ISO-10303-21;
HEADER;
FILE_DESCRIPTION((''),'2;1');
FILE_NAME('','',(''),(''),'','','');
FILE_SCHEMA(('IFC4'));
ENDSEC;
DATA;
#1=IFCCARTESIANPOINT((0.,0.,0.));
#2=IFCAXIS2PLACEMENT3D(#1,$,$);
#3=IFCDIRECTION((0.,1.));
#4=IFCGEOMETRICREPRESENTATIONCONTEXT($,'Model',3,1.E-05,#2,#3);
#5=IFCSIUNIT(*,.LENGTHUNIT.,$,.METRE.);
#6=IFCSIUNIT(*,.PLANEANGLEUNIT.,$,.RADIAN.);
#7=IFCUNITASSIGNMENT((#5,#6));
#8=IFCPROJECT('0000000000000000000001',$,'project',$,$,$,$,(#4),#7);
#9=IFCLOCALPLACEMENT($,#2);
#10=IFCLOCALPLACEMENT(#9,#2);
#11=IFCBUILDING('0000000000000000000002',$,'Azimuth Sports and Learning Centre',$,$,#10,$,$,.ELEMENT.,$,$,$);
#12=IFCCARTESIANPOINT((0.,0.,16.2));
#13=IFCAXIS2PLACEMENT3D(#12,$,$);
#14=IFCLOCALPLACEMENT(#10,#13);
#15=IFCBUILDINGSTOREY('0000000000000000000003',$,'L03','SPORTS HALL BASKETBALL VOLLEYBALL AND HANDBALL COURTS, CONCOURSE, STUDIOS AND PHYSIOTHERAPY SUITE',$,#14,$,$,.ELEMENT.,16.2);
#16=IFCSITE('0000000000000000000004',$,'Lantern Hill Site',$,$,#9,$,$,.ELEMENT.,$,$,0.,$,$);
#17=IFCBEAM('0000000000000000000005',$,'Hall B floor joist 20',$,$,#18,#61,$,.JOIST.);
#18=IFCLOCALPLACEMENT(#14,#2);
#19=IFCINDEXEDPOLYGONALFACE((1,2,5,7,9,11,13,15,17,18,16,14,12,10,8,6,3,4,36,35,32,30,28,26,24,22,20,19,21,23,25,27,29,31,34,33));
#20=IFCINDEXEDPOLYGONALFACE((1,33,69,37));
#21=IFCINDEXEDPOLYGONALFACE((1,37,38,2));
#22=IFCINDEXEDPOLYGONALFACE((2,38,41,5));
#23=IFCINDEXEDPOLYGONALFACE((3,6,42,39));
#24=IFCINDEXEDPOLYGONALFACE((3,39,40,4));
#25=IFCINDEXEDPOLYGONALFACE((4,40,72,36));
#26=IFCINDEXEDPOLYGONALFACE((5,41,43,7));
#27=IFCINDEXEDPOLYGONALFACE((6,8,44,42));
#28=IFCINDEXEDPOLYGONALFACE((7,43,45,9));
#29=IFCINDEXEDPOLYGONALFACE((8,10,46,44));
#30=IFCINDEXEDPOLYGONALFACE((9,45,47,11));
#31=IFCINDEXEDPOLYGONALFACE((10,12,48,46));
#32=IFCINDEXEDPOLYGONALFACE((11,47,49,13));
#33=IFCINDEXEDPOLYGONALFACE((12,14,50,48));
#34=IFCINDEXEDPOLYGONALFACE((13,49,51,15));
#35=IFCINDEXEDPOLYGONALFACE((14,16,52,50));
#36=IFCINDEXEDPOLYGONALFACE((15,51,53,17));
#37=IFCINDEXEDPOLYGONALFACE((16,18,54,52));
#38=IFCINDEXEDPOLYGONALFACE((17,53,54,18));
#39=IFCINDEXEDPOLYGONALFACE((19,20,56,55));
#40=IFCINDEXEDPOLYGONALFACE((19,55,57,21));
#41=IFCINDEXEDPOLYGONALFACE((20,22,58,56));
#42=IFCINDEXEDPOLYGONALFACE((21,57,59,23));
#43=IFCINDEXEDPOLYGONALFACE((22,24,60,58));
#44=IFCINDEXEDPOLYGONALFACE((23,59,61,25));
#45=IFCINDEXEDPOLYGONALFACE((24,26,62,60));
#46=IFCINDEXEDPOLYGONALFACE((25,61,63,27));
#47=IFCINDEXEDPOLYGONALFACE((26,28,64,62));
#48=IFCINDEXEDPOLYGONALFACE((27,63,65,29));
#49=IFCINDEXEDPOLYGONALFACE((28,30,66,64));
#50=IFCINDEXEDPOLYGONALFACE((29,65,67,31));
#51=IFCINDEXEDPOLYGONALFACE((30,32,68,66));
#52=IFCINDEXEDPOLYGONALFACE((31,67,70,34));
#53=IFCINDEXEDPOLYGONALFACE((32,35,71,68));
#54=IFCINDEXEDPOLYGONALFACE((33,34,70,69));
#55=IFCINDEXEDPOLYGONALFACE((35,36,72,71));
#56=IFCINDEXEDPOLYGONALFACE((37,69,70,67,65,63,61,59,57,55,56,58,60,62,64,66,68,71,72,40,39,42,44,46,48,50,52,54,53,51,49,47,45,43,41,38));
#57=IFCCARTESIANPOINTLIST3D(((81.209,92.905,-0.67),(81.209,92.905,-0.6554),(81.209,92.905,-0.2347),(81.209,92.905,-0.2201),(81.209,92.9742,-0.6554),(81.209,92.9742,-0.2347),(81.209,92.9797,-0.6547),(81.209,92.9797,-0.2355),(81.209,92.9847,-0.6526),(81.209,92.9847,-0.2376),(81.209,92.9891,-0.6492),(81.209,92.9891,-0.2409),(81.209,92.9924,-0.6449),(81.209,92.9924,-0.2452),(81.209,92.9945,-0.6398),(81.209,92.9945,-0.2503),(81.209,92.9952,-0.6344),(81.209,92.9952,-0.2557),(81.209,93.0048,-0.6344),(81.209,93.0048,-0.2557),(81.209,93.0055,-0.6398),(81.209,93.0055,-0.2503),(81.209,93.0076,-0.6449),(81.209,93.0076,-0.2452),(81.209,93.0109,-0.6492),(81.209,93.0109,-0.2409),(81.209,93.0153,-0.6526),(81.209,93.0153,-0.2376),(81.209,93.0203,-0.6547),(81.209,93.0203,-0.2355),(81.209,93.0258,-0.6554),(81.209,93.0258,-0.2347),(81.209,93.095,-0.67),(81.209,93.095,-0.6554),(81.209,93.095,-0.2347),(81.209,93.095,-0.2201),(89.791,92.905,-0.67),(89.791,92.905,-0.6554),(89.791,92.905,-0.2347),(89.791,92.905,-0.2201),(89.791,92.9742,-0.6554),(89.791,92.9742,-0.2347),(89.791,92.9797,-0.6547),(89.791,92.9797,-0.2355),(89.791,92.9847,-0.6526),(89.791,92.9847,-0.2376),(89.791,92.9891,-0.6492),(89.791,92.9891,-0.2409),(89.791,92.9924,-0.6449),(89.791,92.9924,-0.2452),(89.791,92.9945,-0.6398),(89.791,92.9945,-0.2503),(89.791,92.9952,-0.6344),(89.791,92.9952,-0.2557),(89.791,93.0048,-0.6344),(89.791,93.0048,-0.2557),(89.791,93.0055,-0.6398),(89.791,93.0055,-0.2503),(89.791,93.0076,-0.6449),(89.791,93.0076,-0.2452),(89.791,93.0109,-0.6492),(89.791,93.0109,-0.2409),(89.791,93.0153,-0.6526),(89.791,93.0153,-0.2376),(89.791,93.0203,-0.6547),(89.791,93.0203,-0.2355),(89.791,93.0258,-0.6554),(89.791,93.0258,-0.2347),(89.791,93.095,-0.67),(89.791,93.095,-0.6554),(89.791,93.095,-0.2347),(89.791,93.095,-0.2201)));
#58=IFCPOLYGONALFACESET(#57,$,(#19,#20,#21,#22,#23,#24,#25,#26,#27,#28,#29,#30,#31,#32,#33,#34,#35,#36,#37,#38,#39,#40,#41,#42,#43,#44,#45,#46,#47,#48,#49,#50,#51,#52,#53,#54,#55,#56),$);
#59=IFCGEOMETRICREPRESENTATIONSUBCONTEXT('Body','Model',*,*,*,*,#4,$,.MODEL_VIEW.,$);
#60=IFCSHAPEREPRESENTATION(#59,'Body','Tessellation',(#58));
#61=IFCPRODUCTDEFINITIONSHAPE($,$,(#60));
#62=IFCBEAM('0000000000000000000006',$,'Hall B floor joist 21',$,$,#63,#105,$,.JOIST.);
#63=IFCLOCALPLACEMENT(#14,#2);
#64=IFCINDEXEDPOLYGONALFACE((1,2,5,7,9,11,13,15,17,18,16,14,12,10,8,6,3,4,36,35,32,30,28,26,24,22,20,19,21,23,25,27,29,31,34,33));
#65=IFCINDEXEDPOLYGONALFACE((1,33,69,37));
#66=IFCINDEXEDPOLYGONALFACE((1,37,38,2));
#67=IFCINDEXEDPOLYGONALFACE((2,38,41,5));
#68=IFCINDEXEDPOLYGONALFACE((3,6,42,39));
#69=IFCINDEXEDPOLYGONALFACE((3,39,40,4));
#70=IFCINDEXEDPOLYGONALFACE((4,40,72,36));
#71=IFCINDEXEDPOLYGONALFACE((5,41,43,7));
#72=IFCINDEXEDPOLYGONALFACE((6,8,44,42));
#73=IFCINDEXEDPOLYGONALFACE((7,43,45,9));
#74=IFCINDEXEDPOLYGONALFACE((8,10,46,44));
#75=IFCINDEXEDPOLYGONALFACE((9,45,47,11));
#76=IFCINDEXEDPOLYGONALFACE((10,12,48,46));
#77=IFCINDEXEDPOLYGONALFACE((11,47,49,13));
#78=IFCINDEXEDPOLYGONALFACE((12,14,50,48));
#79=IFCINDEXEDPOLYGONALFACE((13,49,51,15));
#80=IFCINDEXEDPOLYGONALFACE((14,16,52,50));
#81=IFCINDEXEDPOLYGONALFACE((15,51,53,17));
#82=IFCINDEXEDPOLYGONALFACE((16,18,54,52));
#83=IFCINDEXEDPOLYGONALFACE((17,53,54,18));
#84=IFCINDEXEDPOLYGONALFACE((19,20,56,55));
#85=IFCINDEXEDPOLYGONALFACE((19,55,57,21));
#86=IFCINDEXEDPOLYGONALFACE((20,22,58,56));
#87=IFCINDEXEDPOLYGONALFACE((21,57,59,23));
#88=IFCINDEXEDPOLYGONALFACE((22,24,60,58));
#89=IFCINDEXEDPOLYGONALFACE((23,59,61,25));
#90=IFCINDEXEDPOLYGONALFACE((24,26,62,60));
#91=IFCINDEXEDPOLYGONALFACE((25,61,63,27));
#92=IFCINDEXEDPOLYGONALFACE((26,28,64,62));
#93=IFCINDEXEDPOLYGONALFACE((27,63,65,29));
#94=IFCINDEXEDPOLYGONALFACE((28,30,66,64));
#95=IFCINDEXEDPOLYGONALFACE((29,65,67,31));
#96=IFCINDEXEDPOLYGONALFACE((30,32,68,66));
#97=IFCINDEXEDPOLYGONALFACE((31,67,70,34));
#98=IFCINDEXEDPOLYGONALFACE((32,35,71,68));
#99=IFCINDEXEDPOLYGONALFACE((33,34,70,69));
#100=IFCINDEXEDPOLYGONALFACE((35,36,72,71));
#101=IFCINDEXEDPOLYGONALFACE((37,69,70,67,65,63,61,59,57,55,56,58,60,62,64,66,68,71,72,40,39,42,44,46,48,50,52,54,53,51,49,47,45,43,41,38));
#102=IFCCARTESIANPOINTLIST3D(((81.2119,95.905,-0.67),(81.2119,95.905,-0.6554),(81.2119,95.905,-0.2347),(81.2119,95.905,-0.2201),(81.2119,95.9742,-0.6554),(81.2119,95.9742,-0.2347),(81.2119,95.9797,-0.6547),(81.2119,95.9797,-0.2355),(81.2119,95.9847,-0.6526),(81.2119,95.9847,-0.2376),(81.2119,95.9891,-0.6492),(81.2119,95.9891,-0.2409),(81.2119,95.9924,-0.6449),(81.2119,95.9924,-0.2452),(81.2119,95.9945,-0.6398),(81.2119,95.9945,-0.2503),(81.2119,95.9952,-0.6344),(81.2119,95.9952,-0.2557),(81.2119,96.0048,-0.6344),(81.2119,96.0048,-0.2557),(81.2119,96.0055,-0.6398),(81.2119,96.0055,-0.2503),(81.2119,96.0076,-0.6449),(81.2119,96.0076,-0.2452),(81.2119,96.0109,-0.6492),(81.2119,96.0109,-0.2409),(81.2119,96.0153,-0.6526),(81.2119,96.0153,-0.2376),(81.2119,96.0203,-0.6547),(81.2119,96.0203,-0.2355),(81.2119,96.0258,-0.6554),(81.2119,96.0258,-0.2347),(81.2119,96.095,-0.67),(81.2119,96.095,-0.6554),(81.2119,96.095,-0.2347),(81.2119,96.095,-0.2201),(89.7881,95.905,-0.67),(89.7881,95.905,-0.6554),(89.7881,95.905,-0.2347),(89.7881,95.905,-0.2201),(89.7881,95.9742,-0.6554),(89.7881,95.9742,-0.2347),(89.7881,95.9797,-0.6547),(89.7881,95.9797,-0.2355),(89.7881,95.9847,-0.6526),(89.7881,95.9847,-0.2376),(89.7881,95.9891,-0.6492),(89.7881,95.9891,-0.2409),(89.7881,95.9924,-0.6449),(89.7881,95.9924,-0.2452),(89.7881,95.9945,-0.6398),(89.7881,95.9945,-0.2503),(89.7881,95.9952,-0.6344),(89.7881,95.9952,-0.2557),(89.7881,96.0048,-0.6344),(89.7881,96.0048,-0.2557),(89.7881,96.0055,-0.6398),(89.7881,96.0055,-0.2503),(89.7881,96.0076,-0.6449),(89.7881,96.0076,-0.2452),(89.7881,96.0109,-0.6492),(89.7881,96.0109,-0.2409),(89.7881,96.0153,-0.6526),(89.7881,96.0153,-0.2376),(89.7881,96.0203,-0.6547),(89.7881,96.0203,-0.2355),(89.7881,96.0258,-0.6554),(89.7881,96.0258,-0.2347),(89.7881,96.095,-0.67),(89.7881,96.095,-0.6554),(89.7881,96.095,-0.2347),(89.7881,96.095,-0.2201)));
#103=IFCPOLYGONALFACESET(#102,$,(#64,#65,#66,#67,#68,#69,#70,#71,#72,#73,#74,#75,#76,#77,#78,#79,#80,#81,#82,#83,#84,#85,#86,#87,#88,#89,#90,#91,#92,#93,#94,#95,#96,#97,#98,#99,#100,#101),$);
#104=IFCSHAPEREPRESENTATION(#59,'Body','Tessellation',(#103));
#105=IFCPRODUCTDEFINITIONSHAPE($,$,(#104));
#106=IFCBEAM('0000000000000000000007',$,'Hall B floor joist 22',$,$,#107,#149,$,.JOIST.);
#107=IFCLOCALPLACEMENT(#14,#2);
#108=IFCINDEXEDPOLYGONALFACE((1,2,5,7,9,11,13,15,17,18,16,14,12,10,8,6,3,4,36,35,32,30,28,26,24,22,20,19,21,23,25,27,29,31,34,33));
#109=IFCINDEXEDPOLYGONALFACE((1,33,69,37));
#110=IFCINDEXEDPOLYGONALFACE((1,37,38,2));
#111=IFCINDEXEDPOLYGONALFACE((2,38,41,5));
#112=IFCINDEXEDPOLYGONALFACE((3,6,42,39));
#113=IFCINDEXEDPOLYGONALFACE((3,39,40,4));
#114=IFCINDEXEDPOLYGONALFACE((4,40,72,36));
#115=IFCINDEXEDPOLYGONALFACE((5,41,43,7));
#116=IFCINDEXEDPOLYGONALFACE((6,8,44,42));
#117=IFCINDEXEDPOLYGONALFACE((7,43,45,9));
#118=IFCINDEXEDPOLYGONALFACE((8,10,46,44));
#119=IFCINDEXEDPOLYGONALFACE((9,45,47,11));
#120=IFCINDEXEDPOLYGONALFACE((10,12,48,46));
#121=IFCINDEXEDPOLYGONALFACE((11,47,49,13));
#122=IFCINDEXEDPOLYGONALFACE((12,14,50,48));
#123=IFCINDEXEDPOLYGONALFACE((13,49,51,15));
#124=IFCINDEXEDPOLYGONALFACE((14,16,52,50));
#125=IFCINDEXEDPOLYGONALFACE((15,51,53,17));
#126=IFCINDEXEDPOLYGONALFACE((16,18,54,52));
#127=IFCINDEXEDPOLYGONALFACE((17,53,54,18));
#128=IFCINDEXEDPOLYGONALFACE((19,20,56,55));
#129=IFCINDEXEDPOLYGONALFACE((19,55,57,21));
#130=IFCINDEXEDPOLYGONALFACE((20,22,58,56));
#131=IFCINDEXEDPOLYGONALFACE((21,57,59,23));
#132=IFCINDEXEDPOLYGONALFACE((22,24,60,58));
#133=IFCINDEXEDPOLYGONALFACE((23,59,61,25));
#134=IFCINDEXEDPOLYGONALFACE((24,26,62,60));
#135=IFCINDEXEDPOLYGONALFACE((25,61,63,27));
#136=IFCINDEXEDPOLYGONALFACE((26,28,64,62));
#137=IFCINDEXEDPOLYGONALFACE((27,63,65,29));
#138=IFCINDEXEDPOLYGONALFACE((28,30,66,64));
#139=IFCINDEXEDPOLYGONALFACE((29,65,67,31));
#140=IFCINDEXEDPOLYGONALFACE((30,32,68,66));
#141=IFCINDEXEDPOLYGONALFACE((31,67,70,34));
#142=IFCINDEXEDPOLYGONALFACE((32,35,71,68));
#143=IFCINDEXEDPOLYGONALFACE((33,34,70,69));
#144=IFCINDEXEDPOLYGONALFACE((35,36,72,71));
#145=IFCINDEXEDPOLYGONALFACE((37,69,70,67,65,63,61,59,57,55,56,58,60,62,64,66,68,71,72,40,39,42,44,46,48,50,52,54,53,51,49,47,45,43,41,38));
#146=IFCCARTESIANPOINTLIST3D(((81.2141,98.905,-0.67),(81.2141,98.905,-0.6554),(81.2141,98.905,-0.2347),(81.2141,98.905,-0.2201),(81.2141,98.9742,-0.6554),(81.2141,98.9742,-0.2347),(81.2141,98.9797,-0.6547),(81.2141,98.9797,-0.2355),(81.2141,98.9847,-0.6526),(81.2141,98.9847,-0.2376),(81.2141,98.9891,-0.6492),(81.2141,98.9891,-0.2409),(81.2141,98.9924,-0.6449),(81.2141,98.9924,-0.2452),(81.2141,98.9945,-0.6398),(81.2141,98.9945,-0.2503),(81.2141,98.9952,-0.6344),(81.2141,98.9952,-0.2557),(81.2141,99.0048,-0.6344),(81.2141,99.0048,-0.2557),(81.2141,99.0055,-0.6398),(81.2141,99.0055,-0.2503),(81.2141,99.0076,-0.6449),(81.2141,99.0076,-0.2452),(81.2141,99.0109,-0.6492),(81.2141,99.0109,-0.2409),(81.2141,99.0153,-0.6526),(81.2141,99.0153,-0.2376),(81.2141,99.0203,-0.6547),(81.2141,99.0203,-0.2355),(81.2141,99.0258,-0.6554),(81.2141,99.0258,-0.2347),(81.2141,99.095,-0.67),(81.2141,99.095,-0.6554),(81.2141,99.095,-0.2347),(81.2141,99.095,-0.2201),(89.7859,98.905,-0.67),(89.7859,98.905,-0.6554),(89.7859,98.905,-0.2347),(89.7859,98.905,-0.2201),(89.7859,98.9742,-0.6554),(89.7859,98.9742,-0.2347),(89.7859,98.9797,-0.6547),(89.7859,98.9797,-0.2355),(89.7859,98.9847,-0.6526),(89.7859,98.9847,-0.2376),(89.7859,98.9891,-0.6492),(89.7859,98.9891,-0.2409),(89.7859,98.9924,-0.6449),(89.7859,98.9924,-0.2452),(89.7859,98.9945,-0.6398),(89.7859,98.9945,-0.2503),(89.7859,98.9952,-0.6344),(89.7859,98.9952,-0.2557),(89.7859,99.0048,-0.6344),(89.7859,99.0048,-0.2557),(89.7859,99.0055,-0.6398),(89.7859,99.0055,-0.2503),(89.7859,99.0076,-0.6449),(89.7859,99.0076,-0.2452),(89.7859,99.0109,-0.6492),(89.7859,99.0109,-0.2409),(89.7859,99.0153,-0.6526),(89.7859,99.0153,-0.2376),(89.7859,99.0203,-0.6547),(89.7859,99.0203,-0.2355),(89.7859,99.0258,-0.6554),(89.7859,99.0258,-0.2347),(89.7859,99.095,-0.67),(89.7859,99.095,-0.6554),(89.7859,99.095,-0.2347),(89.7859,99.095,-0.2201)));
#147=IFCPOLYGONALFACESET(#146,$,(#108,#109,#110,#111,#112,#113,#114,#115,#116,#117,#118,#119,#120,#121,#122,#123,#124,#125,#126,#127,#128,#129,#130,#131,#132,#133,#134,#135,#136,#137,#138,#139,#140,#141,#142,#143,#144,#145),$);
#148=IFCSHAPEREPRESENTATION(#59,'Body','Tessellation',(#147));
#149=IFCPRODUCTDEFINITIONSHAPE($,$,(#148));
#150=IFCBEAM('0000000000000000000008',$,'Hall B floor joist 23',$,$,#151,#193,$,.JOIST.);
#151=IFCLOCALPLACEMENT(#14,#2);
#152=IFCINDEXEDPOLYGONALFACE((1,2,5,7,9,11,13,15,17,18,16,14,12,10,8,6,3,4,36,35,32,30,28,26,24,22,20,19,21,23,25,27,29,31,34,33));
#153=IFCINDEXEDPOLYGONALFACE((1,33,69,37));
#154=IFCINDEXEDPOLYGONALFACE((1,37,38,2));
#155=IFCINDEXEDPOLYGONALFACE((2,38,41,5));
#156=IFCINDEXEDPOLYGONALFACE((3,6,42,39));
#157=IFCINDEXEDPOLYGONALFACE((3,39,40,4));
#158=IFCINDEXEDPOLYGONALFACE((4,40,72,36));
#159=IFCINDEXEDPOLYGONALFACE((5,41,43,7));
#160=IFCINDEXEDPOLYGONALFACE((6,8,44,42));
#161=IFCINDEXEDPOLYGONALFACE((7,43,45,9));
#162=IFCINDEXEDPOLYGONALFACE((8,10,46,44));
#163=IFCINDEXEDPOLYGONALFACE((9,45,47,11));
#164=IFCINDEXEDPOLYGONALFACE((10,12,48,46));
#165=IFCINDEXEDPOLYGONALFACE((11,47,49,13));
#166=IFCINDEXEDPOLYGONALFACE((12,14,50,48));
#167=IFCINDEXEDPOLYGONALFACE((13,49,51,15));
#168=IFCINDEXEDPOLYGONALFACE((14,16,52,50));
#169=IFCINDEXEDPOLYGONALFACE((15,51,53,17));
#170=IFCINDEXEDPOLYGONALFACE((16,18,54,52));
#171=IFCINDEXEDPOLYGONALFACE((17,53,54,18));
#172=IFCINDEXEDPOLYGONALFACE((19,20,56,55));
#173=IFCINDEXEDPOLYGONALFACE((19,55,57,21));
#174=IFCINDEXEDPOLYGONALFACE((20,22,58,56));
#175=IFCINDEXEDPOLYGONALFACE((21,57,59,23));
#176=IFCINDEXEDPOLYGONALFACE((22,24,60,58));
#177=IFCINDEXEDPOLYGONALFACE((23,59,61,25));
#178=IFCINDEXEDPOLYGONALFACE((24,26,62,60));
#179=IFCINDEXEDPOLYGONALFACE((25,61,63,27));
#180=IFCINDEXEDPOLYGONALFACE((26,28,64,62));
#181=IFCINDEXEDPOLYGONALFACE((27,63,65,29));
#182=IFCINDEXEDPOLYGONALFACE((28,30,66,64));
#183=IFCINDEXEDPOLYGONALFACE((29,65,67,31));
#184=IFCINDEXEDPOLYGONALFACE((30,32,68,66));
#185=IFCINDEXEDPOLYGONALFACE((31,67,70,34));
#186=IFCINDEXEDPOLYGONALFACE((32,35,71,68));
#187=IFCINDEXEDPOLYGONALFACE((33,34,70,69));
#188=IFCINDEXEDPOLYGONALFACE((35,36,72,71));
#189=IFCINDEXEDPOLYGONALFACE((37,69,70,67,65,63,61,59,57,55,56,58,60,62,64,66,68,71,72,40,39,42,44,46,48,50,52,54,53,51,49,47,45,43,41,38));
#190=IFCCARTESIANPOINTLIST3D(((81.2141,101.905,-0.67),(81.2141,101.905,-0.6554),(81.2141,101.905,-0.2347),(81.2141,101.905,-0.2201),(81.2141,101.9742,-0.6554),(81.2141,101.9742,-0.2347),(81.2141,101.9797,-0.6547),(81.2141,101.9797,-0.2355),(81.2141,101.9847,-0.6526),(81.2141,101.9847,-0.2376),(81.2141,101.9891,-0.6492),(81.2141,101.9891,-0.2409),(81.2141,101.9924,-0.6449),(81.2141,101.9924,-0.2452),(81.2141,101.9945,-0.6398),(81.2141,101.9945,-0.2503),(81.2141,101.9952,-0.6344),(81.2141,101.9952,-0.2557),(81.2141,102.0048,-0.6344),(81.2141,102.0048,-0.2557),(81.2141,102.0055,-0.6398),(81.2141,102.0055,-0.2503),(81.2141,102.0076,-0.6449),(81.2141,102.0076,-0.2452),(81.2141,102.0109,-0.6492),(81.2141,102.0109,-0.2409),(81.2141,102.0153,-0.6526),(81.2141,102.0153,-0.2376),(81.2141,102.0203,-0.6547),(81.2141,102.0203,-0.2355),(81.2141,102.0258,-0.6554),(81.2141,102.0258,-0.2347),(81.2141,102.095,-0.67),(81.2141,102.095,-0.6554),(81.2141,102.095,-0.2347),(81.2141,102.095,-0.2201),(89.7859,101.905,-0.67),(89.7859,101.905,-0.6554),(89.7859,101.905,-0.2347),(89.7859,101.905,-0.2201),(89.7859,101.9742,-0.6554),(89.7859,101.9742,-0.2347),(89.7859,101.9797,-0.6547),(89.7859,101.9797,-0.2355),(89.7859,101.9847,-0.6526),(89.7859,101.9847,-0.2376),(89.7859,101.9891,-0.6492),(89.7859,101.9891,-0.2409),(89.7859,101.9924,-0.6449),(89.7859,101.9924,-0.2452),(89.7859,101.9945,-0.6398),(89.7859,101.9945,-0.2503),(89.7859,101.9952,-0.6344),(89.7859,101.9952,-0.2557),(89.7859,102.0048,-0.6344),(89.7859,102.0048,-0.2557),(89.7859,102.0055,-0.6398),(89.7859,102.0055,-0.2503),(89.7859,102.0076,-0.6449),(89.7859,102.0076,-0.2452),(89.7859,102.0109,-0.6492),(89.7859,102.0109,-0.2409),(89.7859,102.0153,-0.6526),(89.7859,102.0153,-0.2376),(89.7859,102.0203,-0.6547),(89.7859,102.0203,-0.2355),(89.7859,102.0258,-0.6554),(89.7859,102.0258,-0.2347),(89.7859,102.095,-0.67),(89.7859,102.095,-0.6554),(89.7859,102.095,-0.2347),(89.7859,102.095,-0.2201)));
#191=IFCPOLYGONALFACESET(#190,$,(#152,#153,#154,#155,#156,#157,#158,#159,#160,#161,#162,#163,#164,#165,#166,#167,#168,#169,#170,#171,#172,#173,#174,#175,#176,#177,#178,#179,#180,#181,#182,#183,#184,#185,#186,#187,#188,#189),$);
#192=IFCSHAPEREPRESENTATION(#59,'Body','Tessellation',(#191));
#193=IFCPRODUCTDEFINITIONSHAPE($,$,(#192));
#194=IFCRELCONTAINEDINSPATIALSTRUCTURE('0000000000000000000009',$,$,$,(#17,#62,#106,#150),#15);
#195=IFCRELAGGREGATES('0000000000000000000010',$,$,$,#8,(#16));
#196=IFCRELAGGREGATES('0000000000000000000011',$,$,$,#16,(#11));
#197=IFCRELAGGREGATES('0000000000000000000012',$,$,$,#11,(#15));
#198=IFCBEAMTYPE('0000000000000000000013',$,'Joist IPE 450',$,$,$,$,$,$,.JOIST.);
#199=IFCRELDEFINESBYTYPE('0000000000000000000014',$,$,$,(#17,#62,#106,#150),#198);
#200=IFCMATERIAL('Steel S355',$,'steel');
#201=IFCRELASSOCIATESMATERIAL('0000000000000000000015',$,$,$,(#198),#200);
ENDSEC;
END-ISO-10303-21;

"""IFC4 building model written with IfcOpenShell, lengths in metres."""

from ifc_helpers import new_model, si_unit, direction, frame, origin, origin_2d, place, context, subcontext, project, spatial, i_section, extrude, material, material_profile, profile_set, type_object, element, save


model = new_model("IFC4")

# Units and contexts
model_context = context("Model", 3, precision=1e-05, world=origin(), true_north=direction((0.0, 1.0)))
body_context = subcontext(model_context, "Body", "Model", "MODEL_VIEW")
ifc_project = project(units=[si_unit("LENGTHUNIT", "METRE"), si_unit("PLANEANGLEUNIT", "RADIAN")], contexts=[model_context])

# Site, building, storey
site_placement = place(None, origin())
site = spatial("IfcSite", under=ifc_project, at=site_placement, Name="Lantern Hill Site", CompositionType="ELEMENT", RefElevation=0.0)
building_placement = place(site_placement, origin())
building = spatial("IfcBuilding", under=site, at=building_placement, Name="Azimuth Sports and Learning Centre", CompositionType="ELEMENT")
storey_placement = place(building_placement, frame((0.0, 0.0, 16.2)))
storey = spatial("IfcBuildingStorey", under=building, at=storey_placement, Name="L03", Description="SPORTS HALL BASKETBALL VOLLEYBALL AND HANDBALL COURTS, CONCOURSE, STUDIOS AND PHYSIOTHERAPY SUITE", CompositionType="ELEMENT", Elevation=16.2)

# Beams
ifc_material_1 = material(Name="Steel S355", Category="steel")
ifc_material_profile_1 = material_profile(ifc_material_1, i_section(OverallWidth=0.1899, OverallDepth=0.45, WebThickness=0.0095, FlangeThickness=0.0146, FilletRadius=0.021, at=origin_2d()), Name="IPE 450")
ifc_profile_set_1 = profile_set([ifc_material_profile_1], Name="Steel S355")
beam_type_1 = type_object("IfcBeamType", Name="Joist IPE 450", PredefinedType="JOIST", material=ifc_profile_set_1)
beam_1_placement = place(storey_placement, frame((81.209, 93.0, -0.4451), z_axis=(1.0, 0.0, 0.0), x_axis=(0.0, 1.0, 0.0)))
element("IfcBeam", 1, at=beam_1_placement, inside=storey, type_object=beam_type_1, Name="Hall B floor joist 20", PredefinedType="JOIST", context=body_context, shape_type="SweptSolid", body=[
    extrude(i_section(OverallWidth=0.1899, OverallDepth=0.45, WebThickness=0.0095, FlangeThickness=0.0146, FilletRadius=0.021, at=origin_2d()), origin(), (0.0, 0.0, 1.0), 8.582),
])
beam_2_placement = place(storey_placement, frame((81.2119, 96.0, -0.4451), z_axis=(1.0, 0.0, 0.0), x_axis=(0.0, 1.0, 0.0)))
element("IfcBeam", 2, at=beam_2_placement, inside=storey, type_object=beam_type_1, Name="Hall B floor joist 21", PredefinedType="JOIST", context=body_context, shape_type="SweptSolid", body=[
    extrude(i_section(OverallWidth=0.1899, OverallDepth=0.45, WebThickness=0.0095, FlangeThickness=0.0146, FilletRadius=0.021, at=origin_2d()), origin(), (0.0, 0.0, 1.0), 8.5762),
])
for number, where, z_axis, x_axis, name in (
    (3, (81.2141, 99.0, -0.4451), (1.0, 0.0, 0.0), (0.0, 1.0, 0.0), "Hall B floor joist 22"),
    (4, (81.2141, 102.0, -0.4451), (1.0, 0.0, 0.0), (0.0, 1.0, 0.0), "Hall B floor joist 23"),
):
    element("IfcBeam", number, at=place(storey_placement, frame(where, z_axis=z_axis, x_axis=x_axis)), inside=storey, type_object=beam_type_1, Name=name, PredefinedType="JOIST", context=body_context, shape_type="SweptSolid", body=[
        extrude(i_section(OverallWidth=0.1899, OverallDepth=0.45, WebThickness=0.0095, FlangeThickness=0.0146, FilletRadius=0.021, at=origin_2d()), origin(), (0.0, 0.0, 1.0), 8.5718),
    ])

save(model, "model.ifc")
